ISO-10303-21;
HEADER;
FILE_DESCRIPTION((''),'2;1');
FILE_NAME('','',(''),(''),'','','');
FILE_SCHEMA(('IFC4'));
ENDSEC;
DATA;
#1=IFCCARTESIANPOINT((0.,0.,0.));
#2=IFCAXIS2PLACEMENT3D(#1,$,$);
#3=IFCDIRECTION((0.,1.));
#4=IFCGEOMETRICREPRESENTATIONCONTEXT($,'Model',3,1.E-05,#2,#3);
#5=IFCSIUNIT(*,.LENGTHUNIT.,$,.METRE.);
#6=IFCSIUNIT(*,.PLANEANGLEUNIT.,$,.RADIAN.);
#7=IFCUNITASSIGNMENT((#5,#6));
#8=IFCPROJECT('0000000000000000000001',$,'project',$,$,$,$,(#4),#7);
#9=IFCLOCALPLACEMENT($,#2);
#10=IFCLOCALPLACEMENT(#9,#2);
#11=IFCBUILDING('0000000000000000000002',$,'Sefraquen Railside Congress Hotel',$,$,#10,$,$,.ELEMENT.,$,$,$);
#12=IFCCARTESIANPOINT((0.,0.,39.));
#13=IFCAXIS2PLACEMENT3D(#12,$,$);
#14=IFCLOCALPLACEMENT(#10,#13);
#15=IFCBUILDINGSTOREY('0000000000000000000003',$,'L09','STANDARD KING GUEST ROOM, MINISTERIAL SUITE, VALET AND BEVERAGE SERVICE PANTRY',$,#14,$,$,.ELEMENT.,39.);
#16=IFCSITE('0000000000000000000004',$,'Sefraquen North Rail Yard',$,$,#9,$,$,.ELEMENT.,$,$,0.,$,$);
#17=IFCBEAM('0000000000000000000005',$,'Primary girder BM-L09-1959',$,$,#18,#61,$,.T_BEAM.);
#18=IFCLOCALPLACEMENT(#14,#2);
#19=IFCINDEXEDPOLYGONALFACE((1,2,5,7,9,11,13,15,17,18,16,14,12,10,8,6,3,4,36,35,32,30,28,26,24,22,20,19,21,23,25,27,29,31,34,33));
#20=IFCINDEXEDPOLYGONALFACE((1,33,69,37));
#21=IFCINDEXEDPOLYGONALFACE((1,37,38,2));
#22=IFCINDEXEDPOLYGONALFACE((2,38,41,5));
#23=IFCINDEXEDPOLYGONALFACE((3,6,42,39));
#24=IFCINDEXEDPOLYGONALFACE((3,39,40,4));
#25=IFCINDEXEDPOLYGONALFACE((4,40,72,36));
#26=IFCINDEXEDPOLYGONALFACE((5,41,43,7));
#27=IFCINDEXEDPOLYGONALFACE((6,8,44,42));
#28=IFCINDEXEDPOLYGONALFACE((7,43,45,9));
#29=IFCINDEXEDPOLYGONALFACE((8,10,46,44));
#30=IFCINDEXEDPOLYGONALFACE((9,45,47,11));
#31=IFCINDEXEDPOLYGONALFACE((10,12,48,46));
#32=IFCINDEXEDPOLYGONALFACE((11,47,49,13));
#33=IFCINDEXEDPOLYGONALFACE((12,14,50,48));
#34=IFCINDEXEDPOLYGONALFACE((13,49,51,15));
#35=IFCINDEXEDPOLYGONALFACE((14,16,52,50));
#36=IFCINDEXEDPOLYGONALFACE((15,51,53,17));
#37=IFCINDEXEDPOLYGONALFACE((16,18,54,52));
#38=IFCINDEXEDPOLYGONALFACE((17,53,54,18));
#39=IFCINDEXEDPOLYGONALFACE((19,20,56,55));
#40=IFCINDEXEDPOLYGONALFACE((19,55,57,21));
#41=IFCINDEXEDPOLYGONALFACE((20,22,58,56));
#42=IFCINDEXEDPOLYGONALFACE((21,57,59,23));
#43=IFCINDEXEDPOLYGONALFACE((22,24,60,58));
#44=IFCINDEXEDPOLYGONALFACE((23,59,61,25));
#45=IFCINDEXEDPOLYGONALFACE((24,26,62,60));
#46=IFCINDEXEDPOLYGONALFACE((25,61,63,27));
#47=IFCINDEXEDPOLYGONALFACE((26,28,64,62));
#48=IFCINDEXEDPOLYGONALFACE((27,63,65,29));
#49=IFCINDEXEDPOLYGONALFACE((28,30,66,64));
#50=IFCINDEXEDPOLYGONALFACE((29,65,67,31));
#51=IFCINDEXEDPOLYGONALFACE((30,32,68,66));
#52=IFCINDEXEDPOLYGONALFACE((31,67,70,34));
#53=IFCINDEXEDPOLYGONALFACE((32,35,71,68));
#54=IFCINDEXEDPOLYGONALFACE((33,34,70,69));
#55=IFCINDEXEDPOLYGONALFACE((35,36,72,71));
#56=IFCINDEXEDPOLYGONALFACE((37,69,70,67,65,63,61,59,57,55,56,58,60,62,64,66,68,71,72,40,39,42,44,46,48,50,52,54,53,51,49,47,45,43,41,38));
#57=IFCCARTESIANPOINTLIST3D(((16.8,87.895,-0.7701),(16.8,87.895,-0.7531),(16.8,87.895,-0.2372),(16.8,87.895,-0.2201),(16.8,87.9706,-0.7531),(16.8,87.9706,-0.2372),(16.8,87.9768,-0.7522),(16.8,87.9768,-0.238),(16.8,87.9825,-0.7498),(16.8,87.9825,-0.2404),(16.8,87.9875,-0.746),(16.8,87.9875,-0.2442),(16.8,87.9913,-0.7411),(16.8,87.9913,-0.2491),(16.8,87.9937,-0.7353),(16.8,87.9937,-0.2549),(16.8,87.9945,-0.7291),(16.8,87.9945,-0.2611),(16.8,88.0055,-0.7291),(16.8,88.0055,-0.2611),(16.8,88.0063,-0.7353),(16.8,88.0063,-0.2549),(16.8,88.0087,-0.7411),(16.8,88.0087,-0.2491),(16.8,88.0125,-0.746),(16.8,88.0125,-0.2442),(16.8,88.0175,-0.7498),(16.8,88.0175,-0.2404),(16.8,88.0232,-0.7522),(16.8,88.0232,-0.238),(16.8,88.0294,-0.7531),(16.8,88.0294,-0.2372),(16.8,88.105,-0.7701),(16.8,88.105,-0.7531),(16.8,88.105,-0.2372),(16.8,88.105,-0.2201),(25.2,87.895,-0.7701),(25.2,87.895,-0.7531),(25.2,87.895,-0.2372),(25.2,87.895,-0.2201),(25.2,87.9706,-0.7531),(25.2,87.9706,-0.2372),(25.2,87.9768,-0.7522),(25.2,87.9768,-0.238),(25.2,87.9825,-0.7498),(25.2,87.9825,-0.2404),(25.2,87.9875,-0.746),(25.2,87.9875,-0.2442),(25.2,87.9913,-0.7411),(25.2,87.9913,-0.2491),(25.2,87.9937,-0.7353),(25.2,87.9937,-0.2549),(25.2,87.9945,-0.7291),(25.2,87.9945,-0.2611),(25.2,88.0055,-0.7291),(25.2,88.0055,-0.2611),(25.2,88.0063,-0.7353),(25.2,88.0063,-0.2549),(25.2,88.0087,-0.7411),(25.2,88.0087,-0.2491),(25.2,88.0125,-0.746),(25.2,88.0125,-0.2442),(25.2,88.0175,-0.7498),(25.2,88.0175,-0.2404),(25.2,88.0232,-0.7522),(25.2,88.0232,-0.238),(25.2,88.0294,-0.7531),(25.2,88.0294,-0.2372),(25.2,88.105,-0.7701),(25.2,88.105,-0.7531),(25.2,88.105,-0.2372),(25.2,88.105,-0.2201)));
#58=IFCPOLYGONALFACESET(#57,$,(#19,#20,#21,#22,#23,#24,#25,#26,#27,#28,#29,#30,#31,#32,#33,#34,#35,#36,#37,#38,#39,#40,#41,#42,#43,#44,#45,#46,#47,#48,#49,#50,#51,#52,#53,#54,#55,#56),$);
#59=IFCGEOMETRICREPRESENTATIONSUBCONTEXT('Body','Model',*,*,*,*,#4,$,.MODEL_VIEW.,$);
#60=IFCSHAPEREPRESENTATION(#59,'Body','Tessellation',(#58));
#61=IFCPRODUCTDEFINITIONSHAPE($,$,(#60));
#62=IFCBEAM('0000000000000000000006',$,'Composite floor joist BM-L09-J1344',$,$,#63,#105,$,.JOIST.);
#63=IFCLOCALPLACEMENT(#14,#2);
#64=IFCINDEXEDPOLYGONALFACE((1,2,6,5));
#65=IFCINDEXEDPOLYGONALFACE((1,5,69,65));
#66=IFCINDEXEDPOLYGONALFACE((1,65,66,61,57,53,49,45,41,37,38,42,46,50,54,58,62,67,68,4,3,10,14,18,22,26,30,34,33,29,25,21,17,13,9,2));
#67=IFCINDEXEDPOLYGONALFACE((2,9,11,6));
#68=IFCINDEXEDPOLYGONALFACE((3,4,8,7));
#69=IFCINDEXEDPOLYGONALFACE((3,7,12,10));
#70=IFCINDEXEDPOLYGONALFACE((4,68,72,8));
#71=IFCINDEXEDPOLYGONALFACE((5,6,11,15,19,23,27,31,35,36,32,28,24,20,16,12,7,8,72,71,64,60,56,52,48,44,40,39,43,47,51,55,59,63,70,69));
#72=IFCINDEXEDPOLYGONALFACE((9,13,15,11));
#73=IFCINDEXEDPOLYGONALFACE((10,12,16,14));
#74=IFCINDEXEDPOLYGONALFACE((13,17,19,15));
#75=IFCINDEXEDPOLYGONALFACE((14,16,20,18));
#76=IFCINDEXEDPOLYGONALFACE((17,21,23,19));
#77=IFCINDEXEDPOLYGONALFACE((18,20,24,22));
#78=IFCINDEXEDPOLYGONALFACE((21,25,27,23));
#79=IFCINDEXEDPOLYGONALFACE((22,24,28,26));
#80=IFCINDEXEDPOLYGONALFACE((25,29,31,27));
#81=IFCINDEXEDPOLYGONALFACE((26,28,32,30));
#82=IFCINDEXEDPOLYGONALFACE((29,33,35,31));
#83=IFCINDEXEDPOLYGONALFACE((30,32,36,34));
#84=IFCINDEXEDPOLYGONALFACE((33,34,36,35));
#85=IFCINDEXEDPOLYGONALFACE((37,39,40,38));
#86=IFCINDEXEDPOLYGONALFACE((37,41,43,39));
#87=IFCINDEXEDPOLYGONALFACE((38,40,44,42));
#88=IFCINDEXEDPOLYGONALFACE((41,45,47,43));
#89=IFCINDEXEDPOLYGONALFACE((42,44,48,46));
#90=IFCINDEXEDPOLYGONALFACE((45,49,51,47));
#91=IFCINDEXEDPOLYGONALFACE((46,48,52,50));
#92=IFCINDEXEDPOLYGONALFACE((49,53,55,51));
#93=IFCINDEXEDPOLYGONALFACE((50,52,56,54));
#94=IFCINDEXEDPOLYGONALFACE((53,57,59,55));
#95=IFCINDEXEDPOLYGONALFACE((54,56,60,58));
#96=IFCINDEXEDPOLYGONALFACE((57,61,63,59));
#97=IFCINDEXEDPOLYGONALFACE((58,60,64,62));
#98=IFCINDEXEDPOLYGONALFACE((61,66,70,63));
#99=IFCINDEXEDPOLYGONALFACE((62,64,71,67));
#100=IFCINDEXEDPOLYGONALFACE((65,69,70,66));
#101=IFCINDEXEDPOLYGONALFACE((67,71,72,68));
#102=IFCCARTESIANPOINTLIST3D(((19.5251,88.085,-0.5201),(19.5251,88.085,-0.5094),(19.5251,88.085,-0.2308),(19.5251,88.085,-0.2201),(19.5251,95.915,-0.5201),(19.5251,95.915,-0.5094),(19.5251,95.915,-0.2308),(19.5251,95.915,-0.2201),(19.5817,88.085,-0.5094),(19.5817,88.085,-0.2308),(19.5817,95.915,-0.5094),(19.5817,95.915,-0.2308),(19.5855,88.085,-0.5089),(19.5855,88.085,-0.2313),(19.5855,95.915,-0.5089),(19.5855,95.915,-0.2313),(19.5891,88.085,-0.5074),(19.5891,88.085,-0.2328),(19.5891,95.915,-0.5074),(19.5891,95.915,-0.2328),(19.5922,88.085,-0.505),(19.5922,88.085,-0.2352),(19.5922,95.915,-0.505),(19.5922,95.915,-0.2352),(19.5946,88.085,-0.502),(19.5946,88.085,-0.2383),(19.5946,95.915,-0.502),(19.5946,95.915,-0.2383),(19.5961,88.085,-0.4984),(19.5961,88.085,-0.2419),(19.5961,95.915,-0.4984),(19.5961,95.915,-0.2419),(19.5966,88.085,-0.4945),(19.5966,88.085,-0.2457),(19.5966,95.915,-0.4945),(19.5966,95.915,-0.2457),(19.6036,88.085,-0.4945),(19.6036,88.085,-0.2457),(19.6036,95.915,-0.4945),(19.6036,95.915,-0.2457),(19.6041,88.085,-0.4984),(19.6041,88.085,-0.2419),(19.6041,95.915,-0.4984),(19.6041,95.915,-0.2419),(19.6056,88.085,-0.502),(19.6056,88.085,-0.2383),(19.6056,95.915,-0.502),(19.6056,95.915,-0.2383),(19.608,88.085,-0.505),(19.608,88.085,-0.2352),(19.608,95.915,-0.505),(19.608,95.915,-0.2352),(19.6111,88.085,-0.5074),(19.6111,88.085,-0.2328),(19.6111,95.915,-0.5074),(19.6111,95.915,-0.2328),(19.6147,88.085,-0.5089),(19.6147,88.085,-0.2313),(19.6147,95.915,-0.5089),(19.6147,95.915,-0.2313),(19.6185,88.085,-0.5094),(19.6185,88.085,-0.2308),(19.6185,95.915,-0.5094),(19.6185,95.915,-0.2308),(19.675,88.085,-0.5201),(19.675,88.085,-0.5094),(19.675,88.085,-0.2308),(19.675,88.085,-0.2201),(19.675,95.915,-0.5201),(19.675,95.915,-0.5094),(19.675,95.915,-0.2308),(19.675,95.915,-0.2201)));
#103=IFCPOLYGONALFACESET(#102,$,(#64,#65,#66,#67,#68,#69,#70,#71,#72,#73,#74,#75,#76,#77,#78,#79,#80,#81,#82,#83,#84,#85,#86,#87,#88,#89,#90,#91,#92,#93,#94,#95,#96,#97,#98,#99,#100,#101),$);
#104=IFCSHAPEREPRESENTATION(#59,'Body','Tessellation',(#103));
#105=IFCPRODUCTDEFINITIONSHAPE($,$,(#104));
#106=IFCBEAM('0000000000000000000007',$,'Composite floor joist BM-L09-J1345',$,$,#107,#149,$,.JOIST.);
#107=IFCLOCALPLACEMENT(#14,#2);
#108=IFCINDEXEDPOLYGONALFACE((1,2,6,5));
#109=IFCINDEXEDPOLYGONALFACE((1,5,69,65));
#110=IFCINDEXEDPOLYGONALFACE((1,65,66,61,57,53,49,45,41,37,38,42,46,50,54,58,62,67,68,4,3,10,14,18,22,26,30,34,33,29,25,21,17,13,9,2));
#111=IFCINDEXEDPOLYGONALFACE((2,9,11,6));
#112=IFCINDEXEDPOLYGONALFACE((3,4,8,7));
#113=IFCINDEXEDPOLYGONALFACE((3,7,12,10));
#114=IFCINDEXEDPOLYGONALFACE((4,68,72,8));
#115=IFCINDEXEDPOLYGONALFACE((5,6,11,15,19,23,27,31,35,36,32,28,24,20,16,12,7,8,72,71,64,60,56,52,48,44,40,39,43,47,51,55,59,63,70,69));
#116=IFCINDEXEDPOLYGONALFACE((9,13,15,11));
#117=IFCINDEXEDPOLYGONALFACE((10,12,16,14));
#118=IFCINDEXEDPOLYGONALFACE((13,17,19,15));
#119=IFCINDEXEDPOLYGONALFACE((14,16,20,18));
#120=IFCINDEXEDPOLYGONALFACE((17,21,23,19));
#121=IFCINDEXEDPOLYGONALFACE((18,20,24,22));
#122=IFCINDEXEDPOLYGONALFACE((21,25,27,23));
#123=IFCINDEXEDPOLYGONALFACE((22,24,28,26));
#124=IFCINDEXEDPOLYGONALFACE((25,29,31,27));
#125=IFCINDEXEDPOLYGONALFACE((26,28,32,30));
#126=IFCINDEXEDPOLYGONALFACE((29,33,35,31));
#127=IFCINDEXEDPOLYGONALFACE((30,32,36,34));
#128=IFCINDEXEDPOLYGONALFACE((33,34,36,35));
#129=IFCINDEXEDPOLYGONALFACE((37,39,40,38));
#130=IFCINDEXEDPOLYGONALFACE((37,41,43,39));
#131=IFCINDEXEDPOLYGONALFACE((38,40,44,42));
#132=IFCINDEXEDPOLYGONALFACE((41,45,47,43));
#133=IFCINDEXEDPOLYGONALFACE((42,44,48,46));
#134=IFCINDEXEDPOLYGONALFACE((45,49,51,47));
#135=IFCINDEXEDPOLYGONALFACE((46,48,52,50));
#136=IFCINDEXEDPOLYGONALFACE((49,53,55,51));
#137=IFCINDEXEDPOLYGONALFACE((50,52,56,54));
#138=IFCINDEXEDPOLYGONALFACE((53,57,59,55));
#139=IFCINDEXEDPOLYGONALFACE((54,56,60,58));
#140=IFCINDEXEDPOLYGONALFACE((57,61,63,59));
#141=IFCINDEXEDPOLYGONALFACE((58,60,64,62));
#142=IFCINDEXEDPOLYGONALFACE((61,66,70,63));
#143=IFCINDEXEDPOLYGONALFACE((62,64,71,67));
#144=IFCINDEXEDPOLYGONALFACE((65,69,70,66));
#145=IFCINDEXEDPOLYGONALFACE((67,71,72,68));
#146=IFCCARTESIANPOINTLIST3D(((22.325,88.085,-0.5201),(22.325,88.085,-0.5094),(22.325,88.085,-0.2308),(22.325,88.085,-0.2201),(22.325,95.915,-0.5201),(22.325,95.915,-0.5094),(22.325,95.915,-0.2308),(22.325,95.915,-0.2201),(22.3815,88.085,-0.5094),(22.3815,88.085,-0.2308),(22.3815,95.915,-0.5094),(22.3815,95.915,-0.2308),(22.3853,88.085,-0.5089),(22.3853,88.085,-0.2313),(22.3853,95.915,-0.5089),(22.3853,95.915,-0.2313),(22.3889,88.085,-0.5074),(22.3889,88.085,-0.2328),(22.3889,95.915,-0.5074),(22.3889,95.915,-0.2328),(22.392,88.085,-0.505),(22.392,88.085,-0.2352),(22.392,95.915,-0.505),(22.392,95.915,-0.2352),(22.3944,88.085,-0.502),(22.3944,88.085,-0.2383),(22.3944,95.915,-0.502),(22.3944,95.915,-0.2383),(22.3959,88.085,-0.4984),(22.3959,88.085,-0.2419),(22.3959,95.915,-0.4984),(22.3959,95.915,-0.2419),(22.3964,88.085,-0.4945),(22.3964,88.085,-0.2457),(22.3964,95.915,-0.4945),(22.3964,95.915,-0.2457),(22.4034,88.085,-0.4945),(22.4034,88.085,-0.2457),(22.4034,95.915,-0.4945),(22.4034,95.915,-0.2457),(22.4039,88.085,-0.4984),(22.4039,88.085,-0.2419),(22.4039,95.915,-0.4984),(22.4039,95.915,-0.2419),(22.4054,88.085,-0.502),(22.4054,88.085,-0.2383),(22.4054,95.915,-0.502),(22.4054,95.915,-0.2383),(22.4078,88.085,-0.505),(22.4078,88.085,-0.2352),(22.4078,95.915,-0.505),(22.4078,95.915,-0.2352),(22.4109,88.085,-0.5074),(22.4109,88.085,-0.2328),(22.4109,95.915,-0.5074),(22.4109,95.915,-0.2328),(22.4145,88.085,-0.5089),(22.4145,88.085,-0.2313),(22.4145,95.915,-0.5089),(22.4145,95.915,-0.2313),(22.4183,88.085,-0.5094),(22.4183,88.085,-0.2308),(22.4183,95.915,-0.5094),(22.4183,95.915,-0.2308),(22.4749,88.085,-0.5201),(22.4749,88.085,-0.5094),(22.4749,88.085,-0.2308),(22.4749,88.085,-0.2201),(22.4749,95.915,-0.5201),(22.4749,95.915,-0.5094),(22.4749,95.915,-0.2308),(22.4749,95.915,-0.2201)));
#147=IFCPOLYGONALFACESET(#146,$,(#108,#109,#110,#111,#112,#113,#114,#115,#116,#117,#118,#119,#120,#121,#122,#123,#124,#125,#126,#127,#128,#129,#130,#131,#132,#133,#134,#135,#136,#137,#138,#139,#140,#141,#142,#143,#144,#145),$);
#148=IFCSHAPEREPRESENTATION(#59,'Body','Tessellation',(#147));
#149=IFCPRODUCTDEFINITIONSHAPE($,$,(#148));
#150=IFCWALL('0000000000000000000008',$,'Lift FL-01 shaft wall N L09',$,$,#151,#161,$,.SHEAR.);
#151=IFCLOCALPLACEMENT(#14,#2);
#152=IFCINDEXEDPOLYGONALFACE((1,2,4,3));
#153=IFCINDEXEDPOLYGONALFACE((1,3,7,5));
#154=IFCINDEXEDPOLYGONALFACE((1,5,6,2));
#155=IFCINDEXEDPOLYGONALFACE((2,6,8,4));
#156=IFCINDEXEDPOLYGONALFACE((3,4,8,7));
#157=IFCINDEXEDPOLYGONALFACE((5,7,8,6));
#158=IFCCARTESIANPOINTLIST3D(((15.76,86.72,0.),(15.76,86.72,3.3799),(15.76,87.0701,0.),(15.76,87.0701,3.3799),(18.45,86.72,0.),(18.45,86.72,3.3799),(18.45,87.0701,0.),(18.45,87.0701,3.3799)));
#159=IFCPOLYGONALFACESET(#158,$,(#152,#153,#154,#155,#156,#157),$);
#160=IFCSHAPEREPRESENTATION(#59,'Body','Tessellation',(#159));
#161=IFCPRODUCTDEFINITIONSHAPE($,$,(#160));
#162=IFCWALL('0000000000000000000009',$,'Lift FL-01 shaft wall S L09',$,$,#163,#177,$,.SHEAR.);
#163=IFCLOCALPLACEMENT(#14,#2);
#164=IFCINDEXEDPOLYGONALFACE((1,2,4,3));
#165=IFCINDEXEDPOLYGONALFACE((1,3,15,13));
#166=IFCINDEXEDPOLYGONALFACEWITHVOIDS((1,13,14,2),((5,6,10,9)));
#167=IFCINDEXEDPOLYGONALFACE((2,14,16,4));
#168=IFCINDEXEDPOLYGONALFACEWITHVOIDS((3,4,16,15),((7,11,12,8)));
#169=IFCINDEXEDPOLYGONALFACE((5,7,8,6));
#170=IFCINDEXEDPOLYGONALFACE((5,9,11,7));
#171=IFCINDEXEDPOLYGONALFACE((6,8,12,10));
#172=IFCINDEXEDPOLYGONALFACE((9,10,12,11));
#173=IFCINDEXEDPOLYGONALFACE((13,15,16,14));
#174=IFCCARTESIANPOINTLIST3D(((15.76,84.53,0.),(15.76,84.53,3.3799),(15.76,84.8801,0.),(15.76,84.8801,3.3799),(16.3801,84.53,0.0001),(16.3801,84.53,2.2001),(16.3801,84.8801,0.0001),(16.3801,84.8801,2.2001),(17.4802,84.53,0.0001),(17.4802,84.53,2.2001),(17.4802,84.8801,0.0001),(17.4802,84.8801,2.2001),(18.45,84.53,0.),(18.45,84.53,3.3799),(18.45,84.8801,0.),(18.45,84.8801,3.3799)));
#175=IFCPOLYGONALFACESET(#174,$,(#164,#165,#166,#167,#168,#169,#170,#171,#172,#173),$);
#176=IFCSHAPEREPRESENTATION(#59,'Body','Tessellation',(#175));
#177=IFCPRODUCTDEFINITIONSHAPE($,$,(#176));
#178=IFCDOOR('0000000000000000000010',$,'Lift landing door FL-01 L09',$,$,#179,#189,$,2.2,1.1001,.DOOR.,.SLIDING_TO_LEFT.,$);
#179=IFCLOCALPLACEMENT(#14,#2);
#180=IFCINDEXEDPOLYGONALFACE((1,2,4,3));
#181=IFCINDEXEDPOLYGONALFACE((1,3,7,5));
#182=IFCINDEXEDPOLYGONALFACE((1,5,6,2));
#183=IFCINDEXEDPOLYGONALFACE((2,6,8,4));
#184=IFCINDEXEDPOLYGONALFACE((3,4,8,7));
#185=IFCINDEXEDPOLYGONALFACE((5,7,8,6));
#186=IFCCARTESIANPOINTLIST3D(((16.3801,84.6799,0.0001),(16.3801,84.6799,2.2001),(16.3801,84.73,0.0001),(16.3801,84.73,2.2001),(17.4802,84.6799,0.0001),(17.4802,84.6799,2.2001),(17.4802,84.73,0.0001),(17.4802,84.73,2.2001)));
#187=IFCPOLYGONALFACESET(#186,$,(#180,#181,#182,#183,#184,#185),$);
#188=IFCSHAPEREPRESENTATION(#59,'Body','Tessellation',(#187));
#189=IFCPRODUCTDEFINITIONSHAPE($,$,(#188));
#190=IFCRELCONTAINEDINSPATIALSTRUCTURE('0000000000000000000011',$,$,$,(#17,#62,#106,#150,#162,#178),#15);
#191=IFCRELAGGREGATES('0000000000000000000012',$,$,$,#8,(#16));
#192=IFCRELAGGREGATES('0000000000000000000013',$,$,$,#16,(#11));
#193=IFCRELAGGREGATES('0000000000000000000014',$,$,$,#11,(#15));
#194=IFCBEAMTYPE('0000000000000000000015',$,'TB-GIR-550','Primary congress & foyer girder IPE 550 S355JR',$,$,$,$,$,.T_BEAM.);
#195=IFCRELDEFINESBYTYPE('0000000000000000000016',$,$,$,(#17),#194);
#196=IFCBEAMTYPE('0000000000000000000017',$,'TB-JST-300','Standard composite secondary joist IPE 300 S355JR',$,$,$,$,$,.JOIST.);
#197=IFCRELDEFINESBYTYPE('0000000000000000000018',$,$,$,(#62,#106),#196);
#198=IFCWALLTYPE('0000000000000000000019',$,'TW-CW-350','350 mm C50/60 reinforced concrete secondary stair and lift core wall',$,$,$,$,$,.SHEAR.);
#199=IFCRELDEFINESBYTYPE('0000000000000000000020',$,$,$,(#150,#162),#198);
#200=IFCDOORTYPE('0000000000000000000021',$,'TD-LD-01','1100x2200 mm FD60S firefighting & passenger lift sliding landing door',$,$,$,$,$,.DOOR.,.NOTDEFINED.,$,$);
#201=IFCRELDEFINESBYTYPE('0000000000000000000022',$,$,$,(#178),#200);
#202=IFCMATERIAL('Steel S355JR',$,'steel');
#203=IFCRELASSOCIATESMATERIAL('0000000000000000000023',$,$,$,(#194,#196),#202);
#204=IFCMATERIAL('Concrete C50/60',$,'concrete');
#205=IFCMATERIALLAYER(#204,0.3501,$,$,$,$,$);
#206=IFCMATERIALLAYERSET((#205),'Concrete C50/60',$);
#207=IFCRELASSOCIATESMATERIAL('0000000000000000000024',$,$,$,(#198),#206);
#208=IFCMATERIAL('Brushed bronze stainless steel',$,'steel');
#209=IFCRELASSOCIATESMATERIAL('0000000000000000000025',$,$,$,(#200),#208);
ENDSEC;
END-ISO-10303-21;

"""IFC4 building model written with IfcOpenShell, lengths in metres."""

from ifc_helpers import new_model, si_unit, direction, frame, frame_2d, origin, origin_2d, place, context, subcontext, project, spatial, rectangle, i_section, extrude, material, layer, layer_set, material_profile, profile_set, type_object, element, fill, save


model = new_model("IFC4")

# Units and contexts
model_context = context("Model", 3, precision=1e-05, world=origin(), true_north=direction((0.0, 1.0)))
body_context = subcontext(model_context, "Body", "Model", "MODEL_VIEW")
ifc_project = project(units=[si_unit("LENGTHUNIT", "METRE"), si_unit("PLANEANGLEUNIT", "RADIAN")], contexts=[model_context])

# Site, building, storey
site_placement = place(None, origin())
site = spatial("IfcSite", under=ifc_project, at=site_placement, Name="Sefraquen North Rail Yard", CompositionType="ELEMENT", RefElevation=0.0)
building_placement = place(site_placement, origin())
building = spatial("IfcBuilding", under=site, at=building_placement, Name="Sefraquen Railside Congress Hotel", CompositionType="ELEMENT")
storey_placement = place(building_placement, frame((0.0, 0.0, 39.0)))
storey = spatial("IfcBuildingStorey", under=building, at=storey_placement, Name="L09", Description="STANDARD KING GUEST ROOM, MINISTERIAL SUITE, VALET AND BEVERAGE SERVICE PANTRY", CompositionType="ELEMENT", Elevation=39.0)

# Shared definitions
ifc_material_1 = material(Name="Steel S355JR", Category="steel")

# Beams
ifc_material_profile_1 = material_profile(ifc_material_1, i_section(OverallWidth=0.21, OverallDepth=0.55, WebThickness=0.011, FlangeThickness=0.0171, FilletRadius=0.0239, at=origin_2d()), Name="IPE 550")
ifc_profile_set_1 = profile_set([ifc_material_profile_1], Name="Steel S355JR")
beam_type_1 = type_object("IfcBeamType", Name="TB-GIR-550", Description="Primary congress & foyer girder IPE 550 S355JR", PredefinedType="T_BEAM", material=ifc_profile_set_1)
beam_placement = place(storey_placement, frame((16.8, 88.0, -0.4951), z_axis=(1.0, 0.0, 0.0), x_axis=(0.0, 1.0, 0.0)))
element("IfcBeam", 1, at=beam_placement, inside=storey, type_object=beam_type_1, Name="Primary girder BM-L09-1959", PredefinedType="T_BEAM", context=body_context, shape_type="SweptSolid", body=[
    extrude(i_section(OverallWidth=0.21, OverallDepth=0.55, WebThickness=0.011, FlangeThickness=0.0171, FilletRadius=0.0239, at=origin_2d()), origin(), (0.0, 0.0, 1.0), 8.3999),
])
ifc_material_profile_2 = material_profile(ifc_material_1, i_section(OverallWidth=0.1499, OverallDepth=0.3, WebThickness=0.0071, FlangeThickness=0.0107, FilletRadius=0.0149, at=origin_2d()), Name="IPE 300")
ifc_profile_set_2 = profile_set([ifc_material_profile_2], Name="Steel S355JR")
beam_type_2 = type_object("IfcBeamType", Name="TB-JST-300", Description="Standard composite secondary joist IPE 300 S355JR", PredefinedType="JOIST", material=ifc_profile_set_2)
for number, where, z_axis, x_axis, name in (
    (2, (19.6001, 88.085, -0.3701), (0.0, 1.0, 0.0), (-1.0, 0.0, 0.0), "Composite floor joist BM-L09-J1344"),
    (3, (22.3999, 88.085, -0.3701), (0.0, 1.0, 0.0), (-1.0, 0.0, 0.0), "Composite floor joist BM-L09-J1345"),
):
    element("IfcBeam", number, at=place(storey_placement, frame(where, z_axis=z_axis, x_axis=x_axis)), inside=storey, type_object=beam_type_2, Name=name, PredefinedType="JOIST", context=body_context, shape_type="SweptSolid", body=[
        extrude(i_section(OverallWidth=0.1499, OverallDepth=0.3, WebThickness=0.0071, FlangeThickness=0.0107, FilletRadius=0.0149, at=origin_2d()), origin(), (0.0, 0.0, 1.0), 7.8301),
    ])

# Wall
ifc_material_2 = material(Name="Concrete C50/60", Category="concrete")
ifc_layer_1 = layer(ifc_material_2, 0.3501)
ifc_layer_set_1 = layer_set([ifc_layer_1], Name="Concrete C50/60")
wall_type_1 = type_object("IfcWallType", Name="TW-CW-350", Description="350 mm C50/60 reinforced concrete secondary stair and lift core wall", PredefinedType="SHEAR", material=ifc_layer_set_1)
wall_1_placement = place(storey_placement, frame((15.76, 86.895, 0.0), z_axis=(0.0, 0.0, 1.0), x_axis=(1.0, 0.0, 0.0)))
element("IfcWall", 4, at=wall_1_placement, inside=storey, type_object=wall_type_1, Name="Lift FL-01 shaft wall N L09", PredefinedType="SHEAR", context=body_context, shape_type="SweptSolid", body=[
    extrude(rectangle(XDim=2.6899, YDim=0.3501, at=frame_2d((1.345, 0.0))), origin(), (0.0, 0.0, 1.0), 3.3799),
])

# Wall, opening, door
wall_2_placement = place(storey_placement, frame((15.76, 84.7051, 0.0), z_axis=(0.0, 0.0, 1.0), x_axis=(1.0, 0.0, 0.0)))
wall_2 = element("IfcWall", 5, at=wall_2_placement, inside=storey, type_object=wall_type_1, Name="Lift FL-01 shaft wall S L09", PredefinedType="SHEAR", context=body_context, shape_type="SweptSolid", body=[
    extrude(rectangle(XDim=2.6899, YDim=0.3501, at=frame_2d((1.345, 0.0))), origin(), (0.0, 0.0, 1.0), 3.3799),
])
opening_1_placement = place(wall_2_placement, frame((0.6201, 0.0, 0.0)))
opening_1 = element("IfcOpeningElement", 6, at=opening_1_placement, cuts=wall_2, PredefinedType="OPENING", context=body_context, shape_type="SweptSolid", body=[
    extrude(rectangle(XDim=1.1001, YDim=2.2, at=frame_2d((0.55, 1.1001))), frame((0.0, 0.1851, 0.0), z_axis=(0.0, -1.0, 0.0), x_axis=(1.0, 0.0, 0.0)), (0.0, 0.0, 1.0), 0.3701),
])
ifc_material_3 = material(Name="Brushed bronze stainless steel", Category="steel")
door_type_1 = type_object("IfcDoorType", Name="TD-LD-01", Description="1100x2200 mm FD60S firefighting & passenger lift sliding landing door", OperationType="NOTDEFINED", PredefinedType="DOOR", material=ifc_material_3)
door_1_placement = place(opening_1_placement, origin())
door_1 = element("IfcDoor", 7, at=door_1_placement, inside=storey, type_object=door_type_1, Name="Lift landing door FL-01 L09", OperationType="SLIDING_TO_LEFT", OverallHeight=2.2, OverallWidth=1.1001, PredefinedType="DOOR", context=body_context, shape_type="SweptSolid", body=[
    extrude(rectangle(XDim=1.1001, YDim=2.2, at=frame_2d((0.55, 1.1001))), frame((0.0, 0.0249, 0.0), z_axis=(0.0, -1.0, 0.0), x_axis=(1.0, 0.0, 0.0)), (0.0, 0.0, 1.0), 0.05),
])
fill(opening_1, door_1)

save(model, "model.ifc")
